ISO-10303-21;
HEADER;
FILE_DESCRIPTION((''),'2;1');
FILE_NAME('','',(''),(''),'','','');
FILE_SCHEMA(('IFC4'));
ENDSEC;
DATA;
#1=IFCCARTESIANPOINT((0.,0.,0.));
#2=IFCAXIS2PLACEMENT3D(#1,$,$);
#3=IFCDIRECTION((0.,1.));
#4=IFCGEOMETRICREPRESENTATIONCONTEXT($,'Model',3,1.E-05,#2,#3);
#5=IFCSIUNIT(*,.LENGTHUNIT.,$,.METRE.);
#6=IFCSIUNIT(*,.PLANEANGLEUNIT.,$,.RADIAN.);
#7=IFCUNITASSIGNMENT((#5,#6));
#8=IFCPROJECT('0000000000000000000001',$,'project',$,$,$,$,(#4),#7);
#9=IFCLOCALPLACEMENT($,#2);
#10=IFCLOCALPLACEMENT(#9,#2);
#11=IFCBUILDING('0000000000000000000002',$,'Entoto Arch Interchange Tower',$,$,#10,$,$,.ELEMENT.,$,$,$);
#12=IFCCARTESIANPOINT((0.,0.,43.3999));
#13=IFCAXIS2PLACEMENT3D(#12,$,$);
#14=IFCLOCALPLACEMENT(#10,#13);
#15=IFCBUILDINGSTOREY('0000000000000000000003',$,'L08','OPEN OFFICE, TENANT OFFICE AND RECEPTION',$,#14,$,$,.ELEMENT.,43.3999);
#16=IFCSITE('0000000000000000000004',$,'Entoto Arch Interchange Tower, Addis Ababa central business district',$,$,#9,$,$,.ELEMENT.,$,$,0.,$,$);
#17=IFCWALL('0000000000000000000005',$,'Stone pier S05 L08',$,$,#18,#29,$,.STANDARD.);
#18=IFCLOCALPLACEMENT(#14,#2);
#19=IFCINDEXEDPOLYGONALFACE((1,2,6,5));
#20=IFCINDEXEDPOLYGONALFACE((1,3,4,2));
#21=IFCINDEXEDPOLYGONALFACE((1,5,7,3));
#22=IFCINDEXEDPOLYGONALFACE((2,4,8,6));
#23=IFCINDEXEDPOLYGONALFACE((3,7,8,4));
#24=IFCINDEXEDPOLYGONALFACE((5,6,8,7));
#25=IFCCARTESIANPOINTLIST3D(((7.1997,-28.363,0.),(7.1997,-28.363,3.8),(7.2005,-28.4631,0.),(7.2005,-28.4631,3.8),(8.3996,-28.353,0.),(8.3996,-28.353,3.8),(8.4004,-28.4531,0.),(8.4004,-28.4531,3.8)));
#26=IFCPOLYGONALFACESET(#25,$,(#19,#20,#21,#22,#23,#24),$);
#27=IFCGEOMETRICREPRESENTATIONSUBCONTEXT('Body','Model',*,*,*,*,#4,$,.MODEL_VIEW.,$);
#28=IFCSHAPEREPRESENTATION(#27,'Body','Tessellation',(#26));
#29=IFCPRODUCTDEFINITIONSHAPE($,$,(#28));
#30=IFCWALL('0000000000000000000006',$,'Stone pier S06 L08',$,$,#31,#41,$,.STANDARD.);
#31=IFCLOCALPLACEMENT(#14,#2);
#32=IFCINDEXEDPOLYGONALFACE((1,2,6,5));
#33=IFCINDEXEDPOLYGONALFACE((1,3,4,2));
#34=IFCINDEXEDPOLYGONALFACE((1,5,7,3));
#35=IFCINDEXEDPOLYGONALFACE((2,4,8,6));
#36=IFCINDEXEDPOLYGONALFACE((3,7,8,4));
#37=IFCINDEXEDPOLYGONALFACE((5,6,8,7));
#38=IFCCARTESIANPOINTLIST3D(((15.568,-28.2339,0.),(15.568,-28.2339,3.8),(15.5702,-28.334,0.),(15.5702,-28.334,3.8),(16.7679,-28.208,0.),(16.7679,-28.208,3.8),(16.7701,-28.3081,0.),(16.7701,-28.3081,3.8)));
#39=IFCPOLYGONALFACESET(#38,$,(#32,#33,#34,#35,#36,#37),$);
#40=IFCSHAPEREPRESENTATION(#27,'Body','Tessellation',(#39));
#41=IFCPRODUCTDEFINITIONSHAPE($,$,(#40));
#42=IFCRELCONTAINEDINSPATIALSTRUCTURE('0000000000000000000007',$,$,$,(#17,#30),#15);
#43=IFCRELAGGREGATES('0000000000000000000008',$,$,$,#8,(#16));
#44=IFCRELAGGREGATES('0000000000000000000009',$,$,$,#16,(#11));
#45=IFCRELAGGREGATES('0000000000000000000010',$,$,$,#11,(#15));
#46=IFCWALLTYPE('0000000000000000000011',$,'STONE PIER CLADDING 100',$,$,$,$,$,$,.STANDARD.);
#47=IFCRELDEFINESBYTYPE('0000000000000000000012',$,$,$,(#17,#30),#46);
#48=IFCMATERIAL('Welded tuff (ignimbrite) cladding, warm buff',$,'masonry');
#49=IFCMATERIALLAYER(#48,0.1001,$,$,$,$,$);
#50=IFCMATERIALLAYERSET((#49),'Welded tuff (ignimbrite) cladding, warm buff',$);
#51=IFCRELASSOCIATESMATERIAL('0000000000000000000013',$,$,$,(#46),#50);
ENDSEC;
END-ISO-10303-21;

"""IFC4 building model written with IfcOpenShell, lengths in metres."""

from ifc_helpers import new_model, si_unit, direction, frame, frame_2d, origin, place, context, subcontext, project, spatial, rectangle, extrude, material, layer, layer_set, type_object, element, save


model = new_model("IFC4")

# Units and contexts
model_context = context("Model", 3, precision=1e-05, world=origin(), true_north=direction((0.0, 1.0)))
body_context = subcontext(model_context, "Body", "Model", "MODEL_VIEW")
ifc_project = project(units=[si_unit("LENGTHUNIT", "METRE"), si_unit("PLANEANGLEUNIT", "RADIAN")], contexts=[model_context])

# Site, building, storey
site_placement = place(None, origin())
site = spatial("IfcSite", under=ifc_project, at=site_placement, Name="Entoto Arch Interchange Tower, Addis Ababa central business district", CompositionType="ELEMENT", RefElevation=0.0)
building_placement = place(site_placement, origin())
building = spatial("IfcBuilding", under=site, at=building_placement, Name="Entoto Arch Interchange Tower", CompositionType="ELEMENT")
storey_placement = place(building_placement, frame((0.0, 0.0, 43.3999)))
storey = spatial("IfcBuildingStorey", under=building, at=storey_placement, Name="L08", Description="OPEN OFFICE, TENANT OFFICE AND RECEPTION", CompositionType="ELEMENT", Elevation=43.3999)

# Shared definitions
ifc_material_1 = material(Name="Welded tuff (ignimbrite) cladding, warm buff", Category="masonry")

# Walls
ifc_layer_1 = layer(ifc_material_1, 0.1001)
ifc_layer_set_1 = layer_set([ifc_layer_1], Name="Welded tuff (ignimbrite) cladding, warm buff")
wall_type_1 = type_object("IfcWallType", Name="STONE PIER CLADDING 100", PredefinedType="STANDARD", material=ifc_layer_set_1)
wall_1_placement = place(storey_placement, frame((7.2, -28.4131, 0.0), z_axis=(0.0, 0.0, 1.0), x_axis=(0.999965, 0.008342, 0.0)))
element("IfcWall", 1, at=wall_1_placement, inside=storey, type_object=wall_type_1, Name="Stone pier S05 L08", PredefinedType="STANDARD", context=body_context, shape_type="SweptSolid", body=[
    extrude(rectangle(XDim=1.2, YDim=0.1001, at=frame_2d((0.6001, 0.0))), origin(), (0.0, 0.0, 1.0), 3.8),
])
wall_2_placement = place(storey_placement, frame((15.5691, -28.2839, 0.0), z_axis=(0.0, 0.0, 1.0), x_axis=(0.999768, 0.021562, 0.0)))
element("IfcWall", 2, at=wall_2_placement, inside=storey, type_object=wall_type_1, Name="Stone pier S06 L08", PredefinedType="STANDARD", context=body_context, shape_type="SweptSolid", body=[
    extrude(rectangle(XDim=1.2002, YDim=0.1001, at=frame_2d((0.6001, 0.0))), origin(), (0.0, 0.0, 1.0), 3.8),
])

save(model, "model.ifc")
